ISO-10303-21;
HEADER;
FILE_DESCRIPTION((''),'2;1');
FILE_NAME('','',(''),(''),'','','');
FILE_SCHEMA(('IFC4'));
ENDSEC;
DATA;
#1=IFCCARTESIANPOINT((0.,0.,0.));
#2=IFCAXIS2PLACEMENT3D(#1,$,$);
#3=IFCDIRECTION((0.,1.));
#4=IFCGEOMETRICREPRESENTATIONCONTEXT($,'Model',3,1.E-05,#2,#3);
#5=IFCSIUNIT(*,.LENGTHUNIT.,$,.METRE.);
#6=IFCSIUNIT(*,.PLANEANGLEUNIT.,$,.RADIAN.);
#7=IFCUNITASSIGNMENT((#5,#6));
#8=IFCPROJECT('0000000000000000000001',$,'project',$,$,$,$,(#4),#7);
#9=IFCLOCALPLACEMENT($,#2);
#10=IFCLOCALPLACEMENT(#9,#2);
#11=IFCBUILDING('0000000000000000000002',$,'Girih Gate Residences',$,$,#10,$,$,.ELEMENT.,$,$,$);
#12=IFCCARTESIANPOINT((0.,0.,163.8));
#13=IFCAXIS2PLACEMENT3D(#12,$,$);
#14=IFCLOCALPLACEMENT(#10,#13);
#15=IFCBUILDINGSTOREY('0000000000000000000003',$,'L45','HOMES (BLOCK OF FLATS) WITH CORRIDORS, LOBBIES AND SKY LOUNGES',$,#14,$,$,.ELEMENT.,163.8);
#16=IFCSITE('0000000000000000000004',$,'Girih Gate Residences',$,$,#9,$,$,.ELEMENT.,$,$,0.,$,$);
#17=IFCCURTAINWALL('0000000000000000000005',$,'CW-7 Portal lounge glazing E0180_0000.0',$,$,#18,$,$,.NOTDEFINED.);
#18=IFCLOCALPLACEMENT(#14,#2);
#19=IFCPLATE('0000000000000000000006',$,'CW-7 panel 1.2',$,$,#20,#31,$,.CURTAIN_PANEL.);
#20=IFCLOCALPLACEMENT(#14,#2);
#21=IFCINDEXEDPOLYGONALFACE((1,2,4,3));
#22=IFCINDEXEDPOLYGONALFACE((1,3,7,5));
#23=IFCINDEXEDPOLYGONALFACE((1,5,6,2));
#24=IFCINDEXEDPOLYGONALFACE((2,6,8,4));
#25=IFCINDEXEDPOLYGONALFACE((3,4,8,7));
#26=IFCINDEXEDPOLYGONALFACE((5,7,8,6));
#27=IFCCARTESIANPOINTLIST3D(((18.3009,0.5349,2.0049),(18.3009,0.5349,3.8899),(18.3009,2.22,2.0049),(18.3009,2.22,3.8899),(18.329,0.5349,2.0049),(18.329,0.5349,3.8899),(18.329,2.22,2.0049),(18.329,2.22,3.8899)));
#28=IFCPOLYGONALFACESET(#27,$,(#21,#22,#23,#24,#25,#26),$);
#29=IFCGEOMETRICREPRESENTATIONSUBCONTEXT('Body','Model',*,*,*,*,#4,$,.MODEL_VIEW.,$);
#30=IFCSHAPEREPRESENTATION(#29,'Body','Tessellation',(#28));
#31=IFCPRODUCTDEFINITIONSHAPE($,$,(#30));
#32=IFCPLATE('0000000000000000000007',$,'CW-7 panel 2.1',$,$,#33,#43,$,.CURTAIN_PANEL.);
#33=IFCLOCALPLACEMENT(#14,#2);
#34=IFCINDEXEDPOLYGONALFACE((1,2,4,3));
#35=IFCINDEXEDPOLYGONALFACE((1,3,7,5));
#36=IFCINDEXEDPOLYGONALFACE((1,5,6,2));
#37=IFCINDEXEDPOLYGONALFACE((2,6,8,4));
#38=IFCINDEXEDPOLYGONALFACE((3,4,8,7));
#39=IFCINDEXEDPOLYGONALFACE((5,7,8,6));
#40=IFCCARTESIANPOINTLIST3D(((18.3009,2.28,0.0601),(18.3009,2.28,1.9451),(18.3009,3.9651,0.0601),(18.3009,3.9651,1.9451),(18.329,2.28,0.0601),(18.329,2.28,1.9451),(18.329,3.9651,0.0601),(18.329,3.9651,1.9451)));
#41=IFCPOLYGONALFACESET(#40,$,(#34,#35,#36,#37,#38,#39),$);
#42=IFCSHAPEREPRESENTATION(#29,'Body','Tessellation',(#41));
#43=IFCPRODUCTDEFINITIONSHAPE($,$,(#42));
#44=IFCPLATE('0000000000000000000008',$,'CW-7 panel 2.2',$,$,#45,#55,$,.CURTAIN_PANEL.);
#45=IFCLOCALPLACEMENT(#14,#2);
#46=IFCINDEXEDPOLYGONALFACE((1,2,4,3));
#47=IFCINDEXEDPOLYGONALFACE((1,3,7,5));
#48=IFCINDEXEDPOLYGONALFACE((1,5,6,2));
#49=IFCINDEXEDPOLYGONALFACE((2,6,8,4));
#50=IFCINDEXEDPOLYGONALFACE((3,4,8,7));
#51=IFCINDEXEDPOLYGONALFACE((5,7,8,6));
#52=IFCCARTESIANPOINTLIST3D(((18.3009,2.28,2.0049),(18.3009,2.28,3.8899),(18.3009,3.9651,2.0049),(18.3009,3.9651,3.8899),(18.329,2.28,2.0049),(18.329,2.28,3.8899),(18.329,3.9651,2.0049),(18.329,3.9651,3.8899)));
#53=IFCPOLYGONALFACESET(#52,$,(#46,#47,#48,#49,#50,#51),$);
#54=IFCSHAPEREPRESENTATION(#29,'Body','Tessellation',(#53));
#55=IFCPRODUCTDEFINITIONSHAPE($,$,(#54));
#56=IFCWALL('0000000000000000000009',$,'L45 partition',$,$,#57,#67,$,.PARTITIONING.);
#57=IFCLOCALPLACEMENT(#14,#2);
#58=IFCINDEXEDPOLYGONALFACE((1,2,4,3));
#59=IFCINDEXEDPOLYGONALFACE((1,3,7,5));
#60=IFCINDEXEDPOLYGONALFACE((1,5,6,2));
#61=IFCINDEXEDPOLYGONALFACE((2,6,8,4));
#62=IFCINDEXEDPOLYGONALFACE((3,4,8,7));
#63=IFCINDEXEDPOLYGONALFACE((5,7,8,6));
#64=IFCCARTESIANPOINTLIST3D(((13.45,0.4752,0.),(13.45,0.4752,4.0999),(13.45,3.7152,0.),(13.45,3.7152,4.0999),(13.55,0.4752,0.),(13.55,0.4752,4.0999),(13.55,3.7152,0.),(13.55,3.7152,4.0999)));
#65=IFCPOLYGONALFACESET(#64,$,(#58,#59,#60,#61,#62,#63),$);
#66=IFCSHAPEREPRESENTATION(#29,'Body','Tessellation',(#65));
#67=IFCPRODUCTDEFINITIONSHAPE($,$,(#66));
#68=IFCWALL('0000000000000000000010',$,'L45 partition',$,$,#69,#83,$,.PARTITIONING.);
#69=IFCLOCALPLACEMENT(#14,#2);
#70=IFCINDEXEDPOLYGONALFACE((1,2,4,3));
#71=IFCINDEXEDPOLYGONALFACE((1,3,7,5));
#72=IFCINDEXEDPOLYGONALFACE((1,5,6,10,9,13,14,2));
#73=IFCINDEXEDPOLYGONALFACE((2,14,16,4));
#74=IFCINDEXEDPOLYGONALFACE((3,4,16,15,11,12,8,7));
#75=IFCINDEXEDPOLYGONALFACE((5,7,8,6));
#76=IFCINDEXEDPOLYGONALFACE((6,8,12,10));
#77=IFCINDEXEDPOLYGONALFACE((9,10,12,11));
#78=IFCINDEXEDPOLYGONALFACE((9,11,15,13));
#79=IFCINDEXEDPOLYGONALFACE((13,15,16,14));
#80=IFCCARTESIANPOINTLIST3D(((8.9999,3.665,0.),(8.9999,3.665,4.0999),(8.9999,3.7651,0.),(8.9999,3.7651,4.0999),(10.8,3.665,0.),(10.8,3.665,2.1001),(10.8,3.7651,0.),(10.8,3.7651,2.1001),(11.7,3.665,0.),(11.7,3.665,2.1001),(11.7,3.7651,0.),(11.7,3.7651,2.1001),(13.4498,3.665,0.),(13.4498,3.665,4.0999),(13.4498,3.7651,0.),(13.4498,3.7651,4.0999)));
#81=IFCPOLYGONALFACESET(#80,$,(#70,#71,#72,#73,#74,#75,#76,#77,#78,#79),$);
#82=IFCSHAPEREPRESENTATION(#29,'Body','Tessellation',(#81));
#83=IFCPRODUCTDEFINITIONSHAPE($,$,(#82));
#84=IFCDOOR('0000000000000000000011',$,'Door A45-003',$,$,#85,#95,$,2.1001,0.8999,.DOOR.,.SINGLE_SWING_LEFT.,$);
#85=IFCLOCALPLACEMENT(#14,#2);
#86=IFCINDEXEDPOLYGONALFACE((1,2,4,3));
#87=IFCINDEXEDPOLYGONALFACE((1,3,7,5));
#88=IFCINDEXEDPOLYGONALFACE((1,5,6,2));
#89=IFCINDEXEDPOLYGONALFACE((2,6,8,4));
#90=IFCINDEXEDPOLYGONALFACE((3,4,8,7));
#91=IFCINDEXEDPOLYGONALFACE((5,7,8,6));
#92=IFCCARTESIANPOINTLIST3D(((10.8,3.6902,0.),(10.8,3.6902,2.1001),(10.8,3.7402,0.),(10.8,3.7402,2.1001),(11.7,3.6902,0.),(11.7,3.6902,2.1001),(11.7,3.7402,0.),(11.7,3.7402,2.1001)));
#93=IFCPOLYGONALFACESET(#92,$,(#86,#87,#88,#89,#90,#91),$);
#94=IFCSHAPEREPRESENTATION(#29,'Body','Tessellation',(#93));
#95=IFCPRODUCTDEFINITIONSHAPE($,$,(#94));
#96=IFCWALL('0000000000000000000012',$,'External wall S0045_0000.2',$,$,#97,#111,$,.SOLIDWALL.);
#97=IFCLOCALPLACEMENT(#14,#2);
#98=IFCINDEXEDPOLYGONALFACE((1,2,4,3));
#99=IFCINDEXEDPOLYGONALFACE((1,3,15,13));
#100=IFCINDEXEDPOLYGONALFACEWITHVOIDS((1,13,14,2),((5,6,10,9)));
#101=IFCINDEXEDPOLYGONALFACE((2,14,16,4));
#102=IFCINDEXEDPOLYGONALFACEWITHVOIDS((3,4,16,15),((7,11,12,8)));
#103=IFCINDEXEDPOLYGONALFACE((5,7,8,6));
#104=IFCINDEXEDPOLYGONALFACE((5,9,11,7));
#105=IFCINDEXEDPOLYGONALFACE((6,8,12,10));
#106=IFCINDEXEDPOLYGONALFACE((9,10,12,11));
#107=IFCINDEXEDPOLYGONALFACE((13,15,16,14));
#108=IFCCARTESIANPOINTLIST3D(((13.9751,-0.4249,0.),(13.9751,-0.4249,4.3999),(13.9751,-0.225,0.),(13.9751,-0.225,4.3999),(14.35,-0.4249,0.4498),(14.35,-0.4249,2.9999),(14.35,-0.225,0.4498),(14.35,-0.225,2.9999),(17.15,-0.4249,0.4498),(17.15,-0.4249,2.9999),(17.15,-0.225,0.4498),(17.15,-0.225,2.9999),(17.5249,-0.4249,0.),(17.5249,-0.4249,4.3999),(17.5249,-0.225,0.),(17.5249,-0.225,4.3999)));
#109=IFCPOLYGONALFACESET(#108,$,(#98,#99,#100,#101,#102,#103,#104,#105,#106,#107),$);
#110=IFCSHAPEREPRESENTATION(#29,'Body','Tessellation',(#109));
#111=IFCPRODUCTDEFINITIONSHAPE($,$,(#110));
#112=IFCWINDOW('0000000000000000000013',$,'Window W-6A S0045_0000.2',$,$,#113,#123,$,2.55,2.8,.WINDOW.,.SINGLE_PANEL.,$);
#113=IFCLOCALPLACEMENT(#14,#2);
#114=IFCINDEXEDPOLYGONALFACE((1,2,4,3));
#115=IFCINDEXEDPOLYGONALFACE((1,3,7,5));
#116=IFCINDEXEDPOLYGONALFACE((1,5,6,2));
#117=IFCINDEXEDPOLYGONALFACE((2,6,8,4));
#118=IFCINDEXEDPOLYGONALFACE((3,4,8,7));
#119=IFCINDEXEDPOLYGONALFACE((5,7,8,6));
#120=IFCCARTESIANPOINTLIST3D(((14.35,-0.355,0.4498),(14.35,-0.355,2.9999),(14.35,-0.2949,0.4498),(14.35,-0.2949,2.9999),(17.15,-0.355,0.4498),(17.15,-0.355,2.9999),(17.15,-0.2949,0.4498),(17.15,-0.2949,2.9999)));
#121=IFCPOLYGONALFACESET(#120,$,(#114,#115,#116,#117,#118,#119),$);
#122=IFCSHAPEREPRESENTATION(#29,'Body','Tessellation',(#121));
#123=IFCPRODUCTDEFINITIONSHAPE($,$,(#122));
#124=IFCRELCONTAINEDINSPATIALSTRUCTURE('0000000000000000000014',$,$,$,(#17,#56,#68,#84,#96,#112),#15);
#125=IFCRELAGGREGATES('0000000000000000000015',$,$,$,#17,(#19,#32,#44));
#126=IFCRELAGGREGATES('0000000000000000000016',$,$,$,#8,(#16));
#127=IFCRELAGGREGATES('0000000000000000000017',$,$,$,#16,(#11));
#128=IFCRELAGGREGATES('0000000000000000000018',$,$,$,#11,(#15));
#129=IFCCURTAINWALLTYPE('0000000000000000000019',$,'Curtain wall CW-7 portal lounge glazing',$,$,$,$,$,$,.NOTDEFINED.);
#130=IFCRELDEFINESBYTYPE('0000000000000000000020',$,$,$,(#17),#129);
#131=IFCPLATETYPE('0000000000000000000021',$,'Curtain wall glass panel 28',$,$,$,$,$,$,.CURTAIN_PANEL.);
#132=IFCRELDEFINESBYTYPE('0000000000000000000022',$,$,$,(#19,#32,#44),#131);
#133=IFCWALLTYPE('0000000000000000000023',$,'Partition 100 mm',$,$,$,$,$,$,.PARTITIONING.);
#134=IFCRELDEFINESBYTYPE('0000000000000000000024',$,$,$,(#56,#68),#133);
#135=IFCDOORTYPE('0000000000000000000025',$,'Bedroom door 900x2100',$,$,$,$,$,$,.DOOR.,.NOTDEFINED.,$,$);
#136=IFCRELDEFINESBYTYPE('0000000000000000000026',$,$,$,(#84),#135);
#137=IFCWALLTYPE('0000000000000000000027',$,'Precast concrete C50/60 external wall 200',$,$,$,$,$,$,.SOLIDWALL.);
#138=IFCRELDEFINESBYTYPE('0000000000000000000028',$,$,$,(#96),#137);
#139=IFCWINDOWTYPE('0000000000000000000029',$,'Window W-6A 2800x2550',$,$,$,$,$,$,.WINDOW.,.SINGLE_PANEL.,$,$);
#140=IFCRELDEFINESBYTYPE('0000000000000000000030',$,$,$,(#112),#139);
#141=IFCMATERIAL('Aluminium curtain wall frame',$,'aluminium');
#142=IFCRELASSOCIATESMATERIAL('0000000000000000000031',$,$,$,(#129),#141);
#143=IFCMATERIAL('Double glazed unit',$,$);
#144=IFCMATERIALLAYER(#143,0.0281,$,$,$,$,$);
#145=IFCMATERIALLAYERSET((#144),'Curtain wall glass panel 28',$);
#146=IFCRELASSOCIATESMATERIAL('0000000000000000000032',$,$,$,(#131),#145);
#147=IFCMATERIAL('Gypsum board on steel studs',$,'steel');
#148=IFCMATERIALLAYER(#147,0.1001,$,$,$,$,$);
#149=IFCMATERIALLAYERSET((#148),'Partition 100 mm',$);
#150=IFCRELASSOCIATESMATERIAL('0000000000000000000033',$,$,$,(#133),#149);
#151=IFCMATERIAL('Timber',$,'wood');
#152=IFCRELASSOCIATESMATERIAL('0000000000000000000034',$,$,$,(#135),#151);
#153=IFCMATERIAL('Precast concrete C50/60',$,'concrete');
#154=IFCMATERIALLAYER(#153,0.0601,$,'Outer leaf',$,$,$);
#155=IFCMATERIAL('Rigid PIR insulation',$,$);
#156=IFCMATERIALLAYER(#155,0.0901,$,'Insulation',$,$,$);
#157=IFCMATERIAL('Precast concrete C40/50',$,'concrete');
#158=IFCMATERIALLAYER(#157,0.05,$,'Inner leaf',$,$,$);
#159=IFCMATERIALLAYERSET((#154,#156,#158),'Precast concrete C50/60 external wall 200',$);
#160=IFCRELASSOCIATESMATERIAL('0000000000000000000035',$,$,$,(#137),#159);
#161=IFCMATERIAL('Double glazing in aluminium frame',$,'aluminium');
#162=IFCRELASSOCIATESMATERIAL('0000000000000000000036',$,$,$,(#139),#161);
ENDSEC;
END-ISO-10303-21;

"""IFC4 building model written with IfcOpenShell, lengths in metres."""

from ifc_helpers import new_model, si_unit, direction, frame, frame_2d, origin, origin_2d, place, context, subcontext, project, spatial, rectangle, extrude, material, layer, layer_set, type_object, element, fill, aggregate, save


model = new_model("IFC4")

# Units and contexts
model_context = context("Model", 3, precision=1e-05, world=origin(), true_north=direction((0.0, 1.0)))
body_context = subcontext(model_context, "Body", "Model", "MODEL_VIEW")
ifc_project = project(units=[si_unit("LENGTHUNIT", "METRE"), si_unit("PLANEANGLEUNIT", "RADIAN")], contexts=[model_context])

# Site, building, storey
site_placement = place(None, origin())
site = spatial("IfcSite", under=ifc_project, at=site_placement, Name="Girih Gate Residences", CompositionType="ELEMENT", RefElevation=0.0)
building_placement = place(site_placement, origin())
building = spatial("IfcBuilding", under=site, at=building_placement, Name="Girih Gate Residences", CompositionType="ELEMENT")
storey_placement = place(building_placement, frame((0.0, 0.0, 163.8)))
storey = spatial("IfcBuildingStorey", under=building, at=storey_placement, Name="L45", Description="HOMES (BLOCK OF FLATS) WITH CORRIDORS, LOBBIES AND SKY LOUNGES", CompositionType="ELEMENT", Elevation=163.8)

# Curtain wall
ifc_material_1 = material(Name="Aluminium curtain wall frame", Category="aluminium")
curtain_wall_type = type_object("IfcCurtainWallType", Name="Curtain wall CW-7 portal lounge glazing", PredefinedType="NOTDEFINED", material=ifc_material_1)
curtain_wall_placement = place(storey_placement, origin())
curtain_wall = element("IfcCurtainWall", 1, at=curtain_wall_placement, inside=storey, type_object=curtain_wall_type, Name="CW-7 Portal lounge glazing E0180_0000.0", PredefinedType="NOTDEFINED")

# Plates
ifc_material_2 = material(Name="Double glazed unit")
ifc_layer_1 = layer(ifc_material_2, 0.0281)
ifc_layer_set_1 = layer_set([ifc_layer_1], Name="Curtain wall glass panel 28")
plate_type = type_object("IfcPlateType", Name="Curtain wall glass panel 28", PredefinedType="CURTAIN_PANEL", material=ifc_layer_set_1)
plate_1_placement = place(storey_placement, frame((18.3149, 1.3774, 2.0049), z_axis=(0.0, 0.0, 1.0), x_axis=(0.0, 1.0, 0.0)))
plate_1 = element("IfcPlate", 2, at=plate_1_placement, type_object=plate_type, Name="CW-7 panel 1.2", PredefinedType="CURTAIN_PANEL", context=body_context, shape_type="SweptSolid", body=[
    extrude(rectangle(XDim=1.6851, YDim=0.0281, at=origin_2d()), origin(), (0.0, 0.0, 1.0), 1.885),
])
plate_2_placement = place(storey_placement, frame((18.3149, 3.1226, 0.0601), z_axis=(0.0, 0.0, 1.0), x_axis=(0.0, 1.0, 0.0)))
plate_2 = element("IfcPlate", 3, at=plate_2_placement, type_object=plate_type, Name="CW-7 panel 2.1", PredefinedType="CURTAIN_PANEL", context=body_context, shape_type="SweptSolid", body=[
    extrude(rectangle(XDim=1.6851, YDim=0.0281, at=origin_2d()), origin(), (0.0, 0.0, 1.0), 1.885),
])
plate_3_placement = place(storey_placement, frame((18.3149, 3.1226, 2.0049), z_axis=(0.0, 0.0, 1.0), x_axis=(0.0, 1.0, 0.0)))
plate_3 = element("IfcPlate", 4, at=plate_3_placement, type_object=plate_type, Name="CW-7 panel 2.2", PredefinedType="CURTAIN_PANEL", context=body_context, shape_type="SweptSolid", body=[
    extrude(rectangle(XDim=1.6851, YDim=0.0281, at=origin_2d()), origin(), (0.0, 0.0, 1.0), 1.885),
])
aggregate(curtain_wall, [plate_1, plate_2, plate_3])

# Wall
ifc_material_3 = material(Name="Gypsum board on steel studs", Category="steel")
ifc_layer_2 = layer(ifc_material_3, 0.1001)
ifc_layer_set_2 = layer_set([ifc_layer_2], Name="Partition 100 mm")
wall_type_1 = type_object("IfcWallType", Name="Partition 100 mm", PredefinedType="PARTITIONING", material=ifc_layer_set_2)
wall_1_placement = place(storey_placement, frame((13.5, 0.4751, 0.0), z_axis=(0.0, 0.0, 1.0), x_axis=(0.0, 1.0, 0.0)))
element("IfcWall", 5, at=wall_1_placement, inside=storey, type_object=wall_type_1, Name="L45 partition", PredefinedType="PARTITIONING", context=body_context, shape_type="SweptSolid", body=[
    extrude(rectangle(XDim=3.24, YDim=0.1001, at=frame_2d((1.6201, 0.0))), origin(), (0.0, 0.0, 1.0), 4.0999),
])

# Wall, opening, door
wall_2_placement = place(storey_placement, frame((13.45, 3.7151, 0.0), z_axis=(0.0, 0.0, 1.0), x_axis=(-1.0, 0.0, 0.0)))
wall_2 = element("IfcWall", 6, at=wall_2_placement, inside=storey, type_object=wall_type_1, Name="L45 partition", PredefinedType="PARTITIONING", context=body_context, shape_type="SweptSolid", body=[
    extrude(rectangle(XDim=4.45, YDim=0.1001, at=frame_2d((2.2251, 0.0))), origin(), (0.0, 0.0, 1.0), 4.0999),
])
opening_1_placement = place(wall_2_placement, frame((1.75, 0.0, 0.0)))
opening_1 = element("IfcOpeningElement", 7, at=opening_1_placement, cuts=wall_2, PredefinedType="OPENING", context=body_context, shape_type="SweptSolid", body=[
    extrude(rectangle(XDim=0.8999, YDim=2.1001, at=frame_2d((0.45, 1.05))), frame((0.0, 0.0601, 0.0), z_axis=(0.0, -1.0, 0.0), x_axis=(1.0, 0.0, 0.0)), (0.0, 0.0, 1.0), 0.1201),
])
ifc_material_4 = material(Name="Timber", Category="wood")
door_type = type_object("IfcDoorType", Name="Bedroom door 900x2100", OperationType="NOTDEFINED", PredefinedType="DOOR", material=ifc_material_4)
door_placement = place(opening_1_placement, origin())
door = element("IfcDoor", 8, at=door_placement, inside=storey, type_object=door_type, Name="Door A45-003", OperationType="SINGLE_SWING_LEFT", OverallHeight=2.1001, OverallWidth=0.8999, PredefinedType="DOOR", context=body_context, shape_type="SweptSolid", body=[
    extrude(rectangle(XDim=0.8999, YDim=2.1001, at=frame_2d((0.45, 1.05))), frame((0.0, 0.0249, 0.0), z_axis=(0.0, -1.0, 0.0), x_axis=(1.0, 0.0, 0.0)), (0.0, 0.0, 1.0), 0.05),
])
fill(opening_1, door)

# Wall, opening, window
ifc_material_5 = material(Name="Precast concrete C50/60", Category="concrete")
ifc_layer_3 = layer(ifc_material_5, 0.0601, Name="Outer leaf")
ifc_material_6 = material(Name="Rigid PIR insulation")
ifc_layer_4 = layer(ifc_material_6, 0.0901, Name="Insulation")
ifc_material_7 = material(Name="Precast concrete C40/50", Category="concrete")
ifc_layer_5 = layer(ifc_material_7, 0.05, Name="Inner leaf")
ifc_layer_set_3 = layer_set([ifc_layer_3, ifc_layer_4, ifc_layer_5], Name="Precast concrete C50/60 external wall 200")
wall_type_2 = type_object("IfcWallType", Name="Precast concrete C50/60 external wall 200", PredefinedType="SOLIDWALL", material=ifc_layer_set_3)
wall_3_placement = place(storey_placement, frame((17.5249, -0.325, 0.0), z_axis=(0.0, 0.0, 1.0), x_axis=(-1.0, 0.0, 0.0)))
wall_3 = element("IfcWall", 9, at=wall_3_placement, inside=storey, type_object=wall_type_2, Name="External wall S0045_0000.2", PredefinedType="SOLIDWALL", context=body_context, shape_type="SweptSolid", body=[
    extrude(rectangle(XDim=3.5498, YDim=0.2, at=frame_2d((1.7749, 0.0))), origin(), (0.0, 0.0, 1.0), 4.3999),
])
opening_2_placement = place(wall_3_placement, frame((0.375, 0.0, 0.45)))
opening_2 = element("IfcOpeningElement", 10, at=opening_2_placement, cuts=wall_3, PredefinedType="OPENING", context=body_context, shape_type="SweptSolid", body=[
    extrude(rectangle(XDim=2.8, YDim=2.55, at=frame_2d((1.3999, 1.2749))), frame((0.0, 0.1099, 0.0), z_axis=(0.0, -1.0, 0.0), x_axis=(1.0, 0.0, 0.0)), (0.0, 0.0, 1.0), 0.22),
])
ifc_material_8 = material(Name="Double glazing in aluminium frame", Category="aluminium")
window_type = type_object("IfcWindowType", Name="Window W-6A 2800x2550", PartitioningType="SINGLE_PANEL", PredefinedType="WINDOW", material=ifc_material_8)
window_placement = place(opening_2_placement, origin())
window = element("IfcWindow", 11, at=window_placement, inside=storey, type_object=window_type, Name="Window W-6A S0045_0000.2", OverallHeight=2.55, OverallWidth=2.8, PartitioningType="SINGLE_PANEL", PredefinedType="WINDOW", context=body_context, shape_type="SweptSolid", body=[
    extrude(rectangle(XDim=2.8, YDim=2.55, at=frame_2d((1.3999, 1.2749))), frame((0.0, 0.03, 0.0), z_axis=(0.0, -1.0, 0.0), x_axis=(1.0, 0.0, 0.0)), (0.0, 0.0, 1.0), 0.0601),
])
fill(opening_2, window)

save(model, "model.ifc")
